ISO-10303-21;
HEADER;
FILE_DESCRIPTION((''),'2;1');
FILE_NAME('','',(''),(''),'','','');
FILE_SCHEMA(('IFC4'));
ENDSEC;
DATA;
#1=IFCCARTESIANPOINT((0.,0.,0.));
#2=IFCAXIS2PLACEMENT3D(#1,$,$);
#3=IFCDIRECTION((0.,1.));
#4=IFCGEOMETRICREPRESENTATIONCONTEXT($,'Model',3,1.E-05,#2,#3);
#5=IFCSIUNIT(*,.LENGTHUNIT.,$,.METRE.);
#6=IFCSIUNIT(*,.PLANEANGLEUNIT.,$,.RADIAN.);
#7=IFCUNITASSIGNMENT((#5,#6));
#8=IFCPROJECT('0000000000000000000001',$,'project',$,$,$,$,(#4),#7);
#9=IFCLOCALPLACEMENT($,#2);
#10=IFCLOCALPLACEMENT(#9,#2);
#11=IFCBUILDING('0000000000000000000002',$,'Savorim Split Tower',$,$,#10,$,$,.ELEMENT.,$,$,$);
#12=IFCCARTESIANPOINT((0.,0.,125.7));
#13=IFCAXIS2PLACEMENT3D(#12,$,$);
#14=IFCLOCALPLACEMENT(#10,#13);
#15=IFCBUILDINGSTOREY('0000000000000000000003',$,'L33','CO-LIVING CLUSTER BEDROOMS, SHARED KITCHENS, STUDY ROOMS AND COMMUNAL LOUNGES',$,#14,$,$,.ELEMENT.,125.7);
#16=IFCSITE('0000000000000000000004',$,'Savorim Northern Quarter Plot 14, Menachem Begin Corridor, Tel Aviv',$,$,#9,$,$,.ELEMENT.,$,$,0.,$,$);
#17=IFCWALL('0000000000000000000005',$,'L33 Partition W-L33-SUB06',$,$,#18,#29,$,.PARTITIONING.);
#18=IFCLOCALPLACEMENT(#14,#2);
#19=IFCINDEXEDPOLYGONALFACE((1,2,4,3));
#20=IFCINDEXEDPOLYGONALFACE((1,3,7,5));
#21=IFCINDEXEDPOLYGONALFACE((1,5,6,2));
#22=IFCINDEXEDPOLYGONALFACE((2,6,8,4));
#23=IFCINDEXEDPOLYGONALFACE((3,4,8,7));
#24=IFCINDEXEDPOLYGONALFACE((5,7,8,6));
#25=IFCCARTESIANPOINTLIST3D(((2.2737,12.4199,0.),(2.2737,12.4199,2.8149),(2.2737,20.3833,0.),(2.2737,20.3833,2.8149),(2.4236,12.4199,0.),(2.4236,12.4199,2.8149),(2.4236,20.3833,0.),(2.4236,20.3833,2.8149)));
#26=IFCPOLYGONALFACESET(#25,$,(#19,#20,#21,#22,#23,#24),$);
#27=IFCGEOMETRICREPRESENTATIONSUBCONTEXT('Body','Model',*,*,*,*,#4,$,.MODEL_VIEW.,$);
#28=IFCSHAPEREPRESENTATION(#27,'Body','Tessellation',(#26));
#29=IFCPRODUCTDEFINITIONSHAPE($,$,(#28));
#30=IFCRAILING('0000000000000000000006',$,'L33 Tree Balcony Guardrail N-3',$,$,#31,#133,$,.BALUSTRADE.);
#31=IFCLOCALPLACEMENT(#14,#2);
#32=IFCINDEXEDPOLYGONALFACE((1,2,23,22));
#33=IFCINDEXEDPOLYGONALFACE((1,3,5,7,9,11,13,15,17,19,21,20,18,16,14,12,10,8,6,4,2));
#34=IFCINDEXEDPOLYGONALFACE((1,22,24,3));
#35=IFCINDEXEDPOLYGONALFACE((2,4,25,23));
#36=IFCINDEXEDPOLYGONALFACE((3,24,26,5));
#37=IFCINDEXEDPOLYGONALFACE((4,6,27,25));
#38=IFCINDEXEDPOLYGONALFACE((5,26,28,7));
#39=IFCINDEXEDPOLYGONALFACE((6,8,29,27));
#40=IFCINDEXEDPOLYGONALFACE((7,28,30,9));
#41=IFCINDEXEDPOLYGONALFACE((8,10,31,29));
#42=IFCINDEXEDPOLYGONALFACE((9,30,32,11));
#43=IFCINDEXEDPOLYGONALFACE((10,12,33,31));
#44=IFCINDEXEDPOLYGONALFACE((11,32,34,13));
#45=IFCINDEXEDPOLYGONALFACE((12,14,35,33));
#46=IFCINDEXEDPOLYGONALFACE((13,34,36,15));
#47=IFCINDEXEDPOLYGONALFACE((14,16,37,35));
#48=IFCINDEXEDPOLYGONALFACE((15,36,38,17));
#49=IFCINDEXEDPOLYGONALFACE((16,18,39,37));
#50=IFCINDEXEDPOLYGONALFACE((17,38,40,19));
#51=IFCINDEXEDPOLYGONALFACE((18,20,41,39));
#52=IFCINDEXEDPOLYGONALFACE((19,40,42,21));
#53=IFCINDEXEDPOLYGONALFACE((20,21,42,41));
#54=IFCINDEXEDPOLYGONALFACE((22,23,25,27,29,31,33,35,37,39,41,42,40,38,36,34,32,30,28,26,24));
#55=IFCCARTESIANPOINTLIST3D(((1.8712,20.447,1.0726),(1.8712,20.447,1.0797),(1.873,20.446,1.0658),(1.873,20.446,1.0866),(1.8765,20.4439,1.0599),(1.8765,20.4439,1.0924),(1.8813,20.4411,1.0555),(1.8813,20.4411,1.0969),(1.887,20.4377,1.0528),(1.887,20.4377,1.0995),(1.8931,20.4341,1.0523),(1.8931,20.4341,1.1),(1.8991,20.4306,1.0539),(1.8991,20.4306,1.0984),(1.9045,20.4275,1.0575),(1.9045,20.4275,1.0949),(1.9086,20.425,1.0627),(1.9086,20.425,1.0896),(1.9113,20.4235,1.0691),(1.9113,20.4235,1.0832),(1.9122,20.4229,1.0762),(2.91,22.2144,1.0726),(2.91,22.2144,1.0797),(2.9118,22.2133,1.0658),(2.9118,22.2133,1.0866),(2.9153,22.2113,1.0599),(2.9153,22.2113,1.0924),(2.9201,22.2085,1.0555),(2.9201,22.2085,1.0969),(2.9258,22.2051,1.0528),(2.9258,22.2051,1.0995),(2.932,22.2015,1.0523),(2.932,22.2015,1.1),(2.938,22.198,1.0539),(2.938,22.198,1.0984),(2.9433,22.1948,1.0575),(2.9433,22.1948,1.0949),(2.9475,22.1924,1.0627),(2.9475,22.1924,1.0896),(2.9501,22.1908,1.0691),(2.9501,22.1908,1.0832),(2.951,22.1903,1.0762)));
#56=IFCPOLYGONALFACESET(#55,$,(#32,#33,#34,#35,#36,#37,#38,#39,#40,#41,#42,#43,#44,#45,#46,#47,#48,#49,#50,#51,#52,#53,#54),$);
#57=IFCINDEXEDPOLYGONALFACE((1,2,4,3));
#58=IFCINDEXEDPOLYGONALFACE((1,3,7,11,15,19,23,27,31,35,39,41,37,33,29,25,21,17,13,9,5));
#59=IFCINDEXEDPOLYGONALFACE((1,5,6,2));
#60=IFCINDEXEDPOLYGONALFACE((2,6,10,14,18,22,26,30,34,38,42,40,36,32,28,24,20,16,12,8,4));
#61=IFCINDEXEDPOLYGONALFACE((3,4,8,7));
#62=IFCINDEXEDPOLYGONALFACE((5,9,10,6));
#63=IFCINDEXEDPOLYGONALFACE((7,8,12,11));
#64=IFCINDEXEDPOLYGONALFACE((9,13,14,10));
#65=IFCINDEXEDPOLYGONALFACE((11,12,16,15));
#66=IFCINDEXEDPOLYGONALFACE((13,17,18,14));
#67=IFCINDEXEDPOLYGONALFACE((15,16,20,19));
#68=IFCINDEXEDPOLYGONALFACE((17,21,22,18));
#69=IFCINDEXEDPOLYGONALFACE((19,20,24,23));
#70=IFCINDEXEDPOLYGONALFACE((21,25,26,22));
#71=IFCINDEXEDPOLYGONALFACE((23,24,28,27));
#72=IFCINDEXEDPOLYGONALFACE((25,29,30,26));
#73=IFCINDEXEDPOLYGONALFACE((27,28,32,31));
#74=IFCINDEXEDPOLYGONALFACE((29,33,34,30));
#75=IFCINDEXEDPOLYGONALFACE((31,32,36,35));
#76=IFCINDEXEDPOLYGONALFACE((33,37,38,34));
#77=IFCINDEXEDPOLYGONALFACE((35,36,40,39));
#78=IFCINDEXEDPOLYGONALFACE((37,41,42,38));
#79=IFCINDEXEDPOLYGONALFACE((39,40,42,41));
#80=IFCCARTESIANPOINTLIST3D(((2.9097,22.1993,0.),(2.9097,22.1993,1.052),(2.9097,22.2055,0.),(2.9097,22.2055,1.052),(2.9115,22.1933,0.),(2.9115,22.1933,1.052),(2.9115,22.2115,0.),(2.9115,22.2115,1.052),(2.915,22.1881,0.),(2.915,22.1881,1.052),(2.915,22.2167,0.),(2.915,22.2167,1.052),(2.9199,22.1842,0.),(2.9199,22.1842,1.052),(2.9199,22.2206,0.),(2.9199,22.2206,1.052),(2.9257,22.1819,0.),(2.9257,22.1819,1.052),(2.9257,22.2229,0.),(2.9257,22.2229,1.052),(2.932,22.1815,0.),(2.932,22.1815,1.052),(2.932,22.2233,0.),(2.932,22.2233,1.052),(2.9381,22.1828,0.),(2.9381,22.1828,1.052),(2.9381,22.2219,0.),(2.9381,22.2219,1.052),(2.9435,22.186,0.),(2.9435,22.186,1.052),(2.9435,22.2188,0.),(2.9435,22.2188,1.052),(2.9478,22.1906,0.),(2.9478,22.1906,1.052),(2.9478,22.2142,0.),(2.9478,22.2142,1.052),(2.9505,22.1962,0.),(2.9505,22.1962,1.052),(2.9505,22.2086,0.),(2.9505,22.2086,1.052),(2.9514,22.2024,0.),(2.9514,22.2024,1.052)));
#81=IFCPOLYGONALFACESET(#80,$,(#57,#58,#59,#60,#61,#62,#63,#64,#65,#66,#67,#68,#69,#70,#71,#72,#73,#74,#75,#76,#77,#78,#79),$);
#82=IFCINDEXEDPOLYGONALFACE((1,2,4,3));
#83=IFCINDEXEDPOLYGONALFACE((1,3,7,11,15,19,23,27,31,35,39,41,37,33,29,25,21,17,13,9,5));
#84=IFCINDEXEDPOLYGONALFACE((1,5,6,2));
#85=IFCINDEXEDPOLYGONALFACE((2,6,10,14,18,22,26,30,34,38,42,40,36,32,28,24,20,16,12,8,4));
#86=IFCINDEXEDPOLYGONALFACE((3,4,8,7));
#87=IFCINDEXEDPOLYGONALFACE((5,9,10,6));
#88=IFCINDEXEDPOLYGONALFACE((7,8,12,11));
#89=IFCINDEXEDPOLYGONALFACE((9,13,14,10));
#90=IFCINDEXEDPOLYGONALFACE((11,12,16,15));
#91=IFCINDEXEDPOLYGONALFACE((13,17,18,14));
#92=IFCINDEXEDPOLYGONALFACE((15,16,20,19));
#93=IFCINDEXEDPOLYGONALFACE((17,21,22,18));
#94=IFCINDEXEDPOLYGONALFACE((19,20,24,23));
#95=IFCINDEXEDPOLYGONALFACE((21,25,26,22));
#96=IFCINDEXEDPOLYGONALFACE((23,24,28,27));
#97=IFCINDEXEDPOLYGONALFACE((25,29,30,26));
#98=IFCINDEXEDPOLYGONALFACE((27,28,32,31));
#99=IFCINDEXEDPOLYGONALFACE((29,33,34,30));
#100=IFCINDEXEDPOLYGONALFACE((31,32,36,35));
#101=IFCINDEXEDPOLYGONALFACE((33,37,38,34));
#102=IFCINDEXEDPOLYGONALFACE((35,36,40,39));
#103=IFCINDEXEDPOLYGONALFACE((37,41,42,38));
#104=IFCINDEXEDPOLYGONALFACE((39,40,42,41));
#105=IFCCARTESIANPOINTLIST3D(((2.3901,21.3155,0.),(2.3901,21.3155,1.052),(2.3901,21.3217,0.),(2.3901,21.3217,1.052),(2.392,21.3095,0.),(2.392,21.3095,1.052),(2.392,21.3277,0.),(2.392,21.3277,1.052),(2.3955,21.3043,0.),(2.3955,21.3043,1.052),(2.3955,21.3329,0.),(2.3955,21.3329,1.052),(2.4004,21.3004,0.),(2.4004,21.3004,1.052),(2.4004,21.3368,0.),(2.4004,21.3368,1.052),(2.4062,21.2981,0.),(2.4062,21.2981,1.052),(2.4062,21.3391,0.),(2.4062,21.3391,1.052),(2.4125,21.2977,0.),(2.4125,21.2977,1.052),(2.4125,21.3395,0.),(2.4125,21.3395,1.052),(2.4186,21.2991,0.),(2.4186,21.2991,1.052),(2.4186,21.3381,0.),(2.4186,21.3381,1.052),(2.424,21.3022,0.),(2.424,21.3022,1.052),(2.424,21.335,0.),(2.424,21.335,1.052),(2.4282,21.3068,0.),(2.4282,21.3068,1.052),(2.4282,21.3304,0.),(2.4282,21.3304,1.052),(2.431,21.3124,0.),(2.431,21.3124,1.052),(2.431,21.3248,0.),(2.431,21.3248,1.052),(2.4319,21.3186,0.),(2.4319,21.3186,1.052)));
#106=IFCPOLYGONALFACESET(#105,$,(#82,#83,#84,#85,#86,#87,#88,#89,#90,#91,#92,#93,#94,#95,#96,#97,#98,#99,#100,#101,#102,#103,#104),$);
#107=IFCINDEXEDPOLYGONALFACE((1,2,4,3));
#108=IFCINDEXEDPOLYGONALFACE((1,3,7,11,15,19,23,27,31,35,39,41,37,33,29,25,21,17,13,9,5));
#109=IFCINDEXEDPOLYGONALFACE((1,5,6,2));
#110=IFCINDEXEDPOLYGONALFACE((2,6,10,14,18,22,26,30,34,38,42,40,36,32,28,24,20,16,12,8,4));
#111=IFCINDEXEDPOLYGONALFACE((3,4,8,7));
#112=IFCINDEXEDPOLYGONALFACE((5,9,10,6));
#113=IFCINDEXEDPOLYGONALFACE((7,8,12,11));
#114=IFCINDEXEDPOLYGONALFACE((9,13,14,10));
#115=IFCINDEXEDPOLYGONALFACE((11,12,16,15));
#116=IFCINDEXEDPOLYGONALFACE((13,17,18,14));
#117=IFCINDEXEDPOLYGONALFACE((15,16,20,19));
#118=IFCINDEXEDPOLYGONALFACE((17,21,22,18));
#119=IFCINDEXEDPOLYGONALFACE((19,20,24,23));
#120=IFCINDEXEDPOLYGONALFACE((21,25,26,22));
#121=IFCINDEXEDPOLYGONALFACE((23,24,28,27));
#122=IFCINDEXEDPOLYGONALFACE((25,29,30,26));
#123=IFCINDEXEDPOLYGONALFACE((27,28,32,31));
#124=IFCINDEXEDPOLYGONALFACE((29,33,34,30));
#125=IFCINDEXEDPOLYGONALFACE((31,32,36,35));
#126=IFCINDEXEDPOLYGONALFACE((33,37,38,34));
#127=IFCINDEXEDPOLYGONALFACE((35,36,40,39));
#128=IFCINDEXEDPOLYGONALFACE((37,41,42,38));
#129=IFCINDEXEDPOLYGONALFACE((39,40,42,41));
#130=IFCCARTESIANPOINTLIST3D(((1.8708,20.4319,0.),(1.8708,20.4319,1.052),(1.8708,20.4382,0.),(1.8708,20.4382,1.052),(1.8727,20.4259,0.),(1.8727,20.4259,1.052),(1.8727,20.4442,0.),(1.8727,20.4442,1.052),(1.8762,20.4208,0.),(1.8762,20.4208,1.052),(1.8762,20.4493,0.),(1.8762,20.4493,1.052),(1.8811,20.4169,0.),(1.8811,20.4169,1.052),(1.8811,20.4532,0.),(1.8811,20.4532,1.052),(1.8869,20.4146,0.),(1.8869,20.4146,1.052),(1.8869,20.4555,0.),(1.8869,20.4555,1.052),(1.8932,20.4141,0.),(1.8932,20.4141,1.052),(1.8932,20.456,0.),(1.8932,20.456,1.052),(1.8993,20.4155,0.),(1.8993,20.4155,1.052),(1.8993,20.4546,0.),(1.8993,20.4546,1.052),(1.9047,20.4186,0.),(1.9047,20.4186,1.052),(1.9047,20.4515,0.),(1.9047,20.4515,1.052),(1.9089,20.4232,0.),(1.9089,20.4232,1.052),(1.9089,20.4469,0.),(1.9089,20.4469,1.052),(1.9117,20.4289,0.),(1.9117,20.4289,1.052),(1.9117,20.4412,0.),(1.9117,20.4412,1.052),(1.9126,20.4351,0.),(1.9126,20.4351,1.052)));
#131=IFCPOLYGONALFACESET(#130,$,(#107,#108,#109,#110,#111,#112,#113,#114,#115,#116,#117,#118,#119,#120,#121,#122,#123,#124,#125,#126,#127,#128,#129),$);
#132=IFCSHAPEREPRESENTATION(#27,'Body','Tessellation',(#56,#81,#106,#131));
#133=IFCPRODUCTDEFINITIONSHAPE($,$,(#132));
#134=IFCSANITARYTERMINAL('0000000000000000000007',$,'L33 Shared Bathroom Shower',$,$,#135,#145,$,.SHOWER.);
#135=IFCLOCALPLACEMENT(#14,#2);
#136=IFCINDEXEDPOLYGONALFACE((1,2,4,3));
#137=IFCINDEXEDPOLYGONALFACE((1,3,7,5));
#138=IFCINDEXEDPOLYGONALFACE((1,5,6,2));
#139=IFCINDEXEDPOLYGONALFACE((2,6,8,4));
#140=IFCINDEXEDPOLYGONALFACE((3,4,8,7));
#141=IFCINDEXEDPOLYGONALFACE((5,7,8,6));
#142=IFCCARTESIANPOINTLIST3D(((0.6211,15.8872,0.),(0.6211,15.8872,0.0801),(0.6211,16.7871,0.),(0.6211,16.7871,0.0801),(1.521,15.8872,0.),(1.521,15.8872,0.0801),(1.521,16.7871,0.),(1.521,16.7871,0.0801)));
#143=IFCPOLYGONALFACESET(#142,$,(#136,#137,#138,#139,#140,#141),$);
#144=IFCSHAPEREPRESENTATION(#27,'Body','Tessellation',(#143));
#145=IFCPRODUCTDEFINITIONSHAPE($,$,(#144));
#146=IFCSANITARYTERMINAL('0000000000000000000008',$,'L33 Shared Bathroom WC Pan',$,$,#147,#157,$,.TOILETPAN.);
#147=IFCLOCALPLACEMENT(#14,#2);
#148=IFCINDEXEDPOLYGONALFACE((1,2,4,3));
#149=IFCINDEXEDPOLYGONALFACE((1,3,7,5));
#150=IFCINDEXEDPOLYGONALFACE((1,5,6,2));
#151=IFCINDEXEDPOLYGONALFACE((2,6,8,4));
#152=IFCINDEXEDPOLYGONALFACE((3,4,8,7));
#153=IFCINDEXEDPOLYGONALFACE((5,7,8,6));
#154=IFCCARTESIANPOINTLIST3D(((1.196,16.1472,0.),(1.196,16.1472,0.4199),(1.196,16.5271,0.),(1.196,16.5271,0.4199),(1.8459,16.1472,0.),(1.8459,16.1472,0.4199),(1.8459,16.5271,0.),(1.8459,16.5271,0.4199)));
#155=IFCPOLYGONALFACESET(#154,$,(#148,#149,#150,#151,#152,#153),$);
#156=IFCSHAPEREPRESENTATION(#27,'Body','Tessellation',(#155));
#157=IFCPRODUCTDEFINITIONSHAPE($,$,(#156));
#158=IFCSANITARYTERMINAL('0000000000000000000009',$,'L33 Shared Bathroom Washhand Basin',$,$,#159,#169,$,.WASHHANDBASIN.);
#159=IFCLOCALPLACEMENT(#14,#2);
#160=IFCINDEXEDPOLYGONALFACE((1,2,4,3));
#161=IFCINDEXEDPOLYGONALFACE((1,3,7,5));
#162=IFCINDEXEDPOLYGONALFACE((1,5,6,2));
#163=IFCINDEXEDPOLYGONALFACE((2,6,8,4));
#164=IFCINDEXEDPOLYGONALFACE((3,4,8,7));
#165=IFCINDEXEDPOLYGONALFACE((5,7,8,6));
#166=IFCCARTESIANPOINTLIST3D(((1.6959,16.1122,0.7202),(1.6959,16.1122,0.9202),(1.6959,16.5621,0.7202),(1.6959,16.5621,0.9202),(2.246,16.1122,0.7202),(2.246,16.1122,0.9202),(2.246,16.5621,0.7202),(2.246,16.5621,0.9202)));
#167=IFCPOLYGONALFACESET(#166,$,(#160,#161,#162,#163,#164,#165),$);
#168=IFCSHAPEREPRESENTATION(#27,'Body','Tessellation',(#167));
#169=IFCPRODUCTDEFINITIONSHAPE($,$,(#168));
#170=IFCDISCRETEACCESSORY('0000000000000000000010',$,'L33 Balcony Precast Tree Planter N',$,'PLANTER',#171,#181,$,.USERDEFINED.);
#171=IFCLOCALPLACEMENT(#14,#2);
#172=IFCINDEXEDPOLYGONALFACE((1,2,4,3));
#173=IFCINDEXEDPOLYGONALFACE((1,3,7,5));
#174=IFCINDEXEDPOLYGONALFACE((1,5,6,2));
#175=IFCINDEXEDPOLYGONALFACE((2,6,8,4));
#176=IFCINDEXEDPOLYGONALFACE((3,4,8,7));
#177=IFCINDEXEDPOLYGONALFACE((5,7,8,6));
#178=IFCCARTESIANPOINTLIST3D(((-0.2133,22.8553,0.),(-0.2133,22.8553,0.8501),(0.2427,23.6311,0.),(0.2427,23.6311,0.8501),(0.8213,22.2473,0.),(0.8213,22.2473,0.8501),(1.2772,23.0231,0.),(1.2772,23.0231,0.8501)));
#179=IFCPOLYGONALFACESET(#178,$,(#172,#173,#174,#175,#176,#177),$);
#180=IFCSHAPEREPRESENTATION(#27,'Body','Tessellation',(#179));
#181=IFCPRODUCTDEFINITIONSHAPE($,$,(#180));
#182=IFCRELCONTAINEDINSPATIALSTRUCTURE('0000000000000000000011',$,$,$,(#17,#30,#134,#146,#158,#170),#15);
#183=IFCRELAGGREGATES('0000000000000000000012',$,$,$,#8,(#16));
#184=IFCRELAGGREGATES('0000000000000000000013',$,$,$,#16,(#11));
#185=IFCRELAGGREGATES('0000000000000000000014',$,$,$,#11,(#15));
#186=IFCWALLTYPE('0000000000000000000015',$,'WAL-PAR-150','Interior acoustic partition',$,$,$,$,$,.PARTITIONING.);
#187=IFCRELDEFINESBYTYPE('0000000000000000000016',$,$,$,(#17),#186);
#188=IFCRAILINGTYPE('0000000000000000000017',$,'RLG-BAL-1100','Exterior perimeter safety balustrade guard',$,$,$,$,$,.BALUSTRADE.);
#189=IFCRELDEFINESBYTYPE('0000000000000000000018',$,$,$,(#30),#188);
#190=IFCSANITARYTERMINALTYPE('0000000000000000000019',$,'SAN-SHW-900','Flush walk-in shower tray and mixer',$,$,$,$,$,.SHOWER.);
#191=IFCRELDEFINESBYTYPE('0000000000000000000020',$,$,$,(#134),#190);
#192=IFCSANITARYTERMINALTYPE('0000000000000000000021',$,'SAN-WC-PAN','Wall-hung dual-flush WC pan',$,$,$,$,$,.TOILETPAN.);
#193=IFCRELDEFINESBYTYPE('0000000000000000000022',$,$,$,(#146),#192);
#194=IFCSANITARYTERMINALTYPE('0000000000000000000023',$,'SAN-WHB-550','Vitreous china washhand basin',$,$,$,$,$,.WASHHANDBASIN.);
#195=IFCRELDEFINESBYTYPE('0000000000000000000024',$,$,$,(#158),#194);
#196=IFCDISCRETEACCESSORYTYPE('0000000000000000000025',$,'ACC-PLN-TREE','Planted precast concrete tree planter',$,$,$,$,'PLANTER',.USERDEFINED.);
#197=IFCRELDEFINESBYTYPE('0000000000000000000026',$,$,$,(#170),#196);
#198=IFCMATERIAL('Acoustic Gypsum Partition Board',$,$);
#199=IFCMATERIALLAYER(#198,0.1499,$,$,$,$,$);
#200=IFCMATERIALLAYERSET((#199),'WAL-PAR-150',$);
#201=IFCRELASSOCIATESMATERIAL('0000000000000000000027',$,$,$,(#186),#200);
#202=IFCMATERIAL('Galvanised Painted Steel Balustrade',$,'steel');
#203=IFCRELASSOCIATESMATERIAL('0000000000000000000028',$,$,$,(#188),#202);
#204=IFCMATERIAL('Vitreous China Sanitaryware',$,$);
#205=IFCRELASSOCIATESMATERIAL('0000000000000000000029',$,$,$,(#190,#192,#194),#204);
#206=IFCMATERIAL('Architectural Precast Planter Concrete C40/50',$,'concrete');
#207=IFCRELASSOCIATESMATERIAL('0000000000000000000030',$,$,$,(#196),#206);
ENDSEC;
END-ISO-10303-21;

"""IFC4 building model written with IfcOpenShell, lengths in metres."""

from ifc_helpers import new_model, si_unit, direction, frame, frame_2d, origin, origin_2d, place, context, subcontext, project, spatial, rectangle, circle, extrude, material, layer, layer_set, type_object, element, save


model = new_model("IFC4")

# Units and contexts
model_context = context("Model", 3, precision=1e-05, world=origin(), true_north=direction((0.0, 1.0)))
body_context = subcontext(model_context, "Body", "Model", "MODEL_VIEW")
ifc_project = project(units=[si_unit("LENGTHUNIT", "METRE"), si_unit("PLANEANGLEUNIT", "RADIAN")], contexts=[model_context])

# Site, building, storey
site_placement = place(None, origin())
site = spatial("IfcSite", under=ifc_project, at=site_placement, Name="Savorim Northern Quarter Plot 14, Menachem Begin Corridor, Tel Aviv", CompositionType="ELEMENT", RefElevation=0.0)
building_placement = place(site_placement, origin())
building = spatial("IfcBuilding", under=site, at=building_placement, Name="Savorim Split Tower", CompositionType="ELEMENT")
storey_placement = place(building_placement, frame((0.0, 0.0, 125.7)))
storey = spatial("IfcBuildingStorey", under=building, at=storey_placement, Name="L33", Description="CO-LIVING CLUSTER BEDROOMS, SHARED KITCHENS, STUDY ROOMS AND COMMUNAL LOUNGES", CompositionType="ELEMENT", Elevation=125.7)

# Wall
ifc_material_1 = material(Name="Acoustic Gypsum Partition Board")
ifc_layer_1 = layer(ifc_material_1, 0.1499)
ifc_layer_set_1 = layer_set([ifc_layer_1], Name="WAL-PAR-150")
wall_type_1 = type_object("IfcWallType", Name="WAL-PAR-150", Description="Interior acoustic partition", PredefinedType="PARTITIONING", material=ifc_layer_set_1)
wall_1_placement = place(storey_placement, frame((2.3486, 12.4199, 0.0), z_axis=(0.0, 0.0, 1.0), x_axis=(0.0, 1.0, 0.0)))
element("IfcWall", 1, at=wall_1_placement, inside=storey, type_object=wall_type_1, Name="L33 Partition W-L33-SUB06", PredefinedType="PARTITIONING", context=body_context, shape_type="SweptSolid", body=[
    extrude(rectangle(XDim=7.9634, YDim=0.1499, at=frame_2d((3.9817, 0.0))), origin(), (0.0, 0.0, 1.0), 2.8149),
])

# Railing
ifc_material_2 = material(Name="Galvanised Painted Steel Balustrade", Category="steel")
railing_type = type_object("IfcRailingType", Name="RLG-BAL-1100", Description="Exterior perimeter safety balustrade guard", PredefinedType="BALUSTRADE", material=ifc_material_2)
railing_placement = place(storey_placement, frame((2.9304, 22.2024, 0.0)))
element("IfcRailing", 2, at=railing_placement, inside=storey, type_object=railing_type, Name="L33 Tree Balcony Guardrail N-3", PredefinedType="BALUSTRADE", context=body_context, shape_type="SweptSolid", body=[
    extrude(circle(Radius=0.0239, at=origin_2d()), frame((0.0, 0.0, 1.0762), z_axis=(-0.506734, -0.862103, 0.0), x_axis=(0.862103, -0.506734, 0.0)), (0.0, 0.0, 1.0), 2.05),
    extrude(circle(Radius=0.021, at=origin_2d()), origin(), (0.0, 0.0, 1.0), 1.052),
    extrude(circle(Radius=0.021, at=origin_2d()), frame((-0.5195, -0.8838, 0.0)), (0.0, 0.0, 1.0), 1.052),
    extrude(circle(Radius=0.021, at=origin_2d()), frame((-1.0388, -1.7673, 0.0)), (0.0, 0.0, 1.0), 1.052),
])

# Sanitary terminals
ifc_material_3 = material(Name="Vitreous China Sanitaryware")
sanitary_terminal_type_1 = type_object("IfcSanitaryTerminalType", Name="SAN-SHW-900", Description="Flush walk-in shower tray and mixer", PredefinedType="SHOWER", material=ifc_material_3)
sanitary_terminal_1_placement = place(storey_placement, frame((1.071, 16.3372, 0.0), z_axis=(0.0, 0.0, 1.0), x_axis=(1.0, 0.0, 0.0)))
element("IfcSanitaryTerminal", 3, at=sanitary_terminal_1_placement, inside=storey, type_object=sanitary_terminal_type_1, Name="L33 Shared Bathroom Shower", PredefinedType="SHOWER", context=body_context, shape_type="SweptSolid", body=[
    extrude(rectangle(XDim=0.8999, YDim=0.8999, at=origin_2d()), origin(), (0.0, 0.0, 1.0), 0.0801),
])
sanitary_terminal_type_2 = type_object("IfcSanitaryTerminalType", Name="SAN-WC-PAN", Description="Wall-hung dual-flush WC pan", PredefinedType="TOILETPAN", material=ifc_material_3)
sanitary_terminal_2_placement = place(storey_placement, frame((1.521, 16.3372, 0.0), z_axis=(0.0, 0.0, 1.0), x_axis=(1.0, 0.0, 0.0)))
element("IfcSanitaryTerminal", 4, at=sanitary_terminal_2_placement, inside=storey, type_object=sanitary_terminal_type_2, Name="L33 Shared Bathroom WC Pan", PredefinedType="TOILETPAN", context=body_context, shape_type="SweptSolid", body=[
    extrude(rectangle(XDim=0.6499, YDim=0.3799, at=origin_2d()), origin(), (0.0, 0.0, 1.0), 0.4199),
])
sanitary_terminal_type_3 = type_object("IfcSanitaryTerminalType", Name="SAN-WHB-550", Description="Vitreous china washhand basin", PredefinedType="WASHHANDBASIN", material=ifc_material_3)
sanitary_terminal_3_placement = place(storey_placement, frame((1.9709, 16.3372, 0.7202), z_axis=(0.0, 0.0, 1.0), x_axis=(1.0, 0.0, 0.0)))
element("IfcSanitaryTerminal", 5, at=sanitary_terminal_3_placement, inside=storey, type_object=sanitary_terminal_type_3, Name="L33 Shared Bathroom Washhand Basin", PredefinedType="WASHHANDBASIN", context=body_context, shape_type="SweptSolid", body=[
    extrude(rectangle(XDim=0.55, YDim=0.45, at=origin_2d()), origin(), (0.0, 0.0, 1.0), 0.2),
])

# Discrete accessory
ifc_material_4 = material(Name="Architectural Precast Planter Concrete C40/50", Category="concrete")
discrete_accessory_type = type_object("IfcDiscreteAccessoryType", Name="ACC-PLN-TREE", Description="Planted precast concrete tree planter", ElementType="PLANTER", PredefinedType="USERDEFINED", material=ifc_material_4)
discrete_accessory_placement = place(storey_placement, frame((0.532, 22.9392, 0.0), z_axis=(0.0, 0.0, 1.0), x_axis=(-0.862129, 0.506688, 0.0)))
element("IfcDiscreteAccessory", 6, at=discrete_accessory_placement, inside=storey, type_object=discrete_accessory_type, Name="L33 Balcony Precast Tree Planter N", ObjectType="PLANTER", PredefinedType="USERDEFINED", context=body_context, shape_type="SweptSolid", body=[
    extrude(rectangle(XDim=1.2, YDim=0.8999, at=origin_2d()), origin(), (0.0, 0.0, 1.0), 0.8501),
])

save(model, "model.ifc")
